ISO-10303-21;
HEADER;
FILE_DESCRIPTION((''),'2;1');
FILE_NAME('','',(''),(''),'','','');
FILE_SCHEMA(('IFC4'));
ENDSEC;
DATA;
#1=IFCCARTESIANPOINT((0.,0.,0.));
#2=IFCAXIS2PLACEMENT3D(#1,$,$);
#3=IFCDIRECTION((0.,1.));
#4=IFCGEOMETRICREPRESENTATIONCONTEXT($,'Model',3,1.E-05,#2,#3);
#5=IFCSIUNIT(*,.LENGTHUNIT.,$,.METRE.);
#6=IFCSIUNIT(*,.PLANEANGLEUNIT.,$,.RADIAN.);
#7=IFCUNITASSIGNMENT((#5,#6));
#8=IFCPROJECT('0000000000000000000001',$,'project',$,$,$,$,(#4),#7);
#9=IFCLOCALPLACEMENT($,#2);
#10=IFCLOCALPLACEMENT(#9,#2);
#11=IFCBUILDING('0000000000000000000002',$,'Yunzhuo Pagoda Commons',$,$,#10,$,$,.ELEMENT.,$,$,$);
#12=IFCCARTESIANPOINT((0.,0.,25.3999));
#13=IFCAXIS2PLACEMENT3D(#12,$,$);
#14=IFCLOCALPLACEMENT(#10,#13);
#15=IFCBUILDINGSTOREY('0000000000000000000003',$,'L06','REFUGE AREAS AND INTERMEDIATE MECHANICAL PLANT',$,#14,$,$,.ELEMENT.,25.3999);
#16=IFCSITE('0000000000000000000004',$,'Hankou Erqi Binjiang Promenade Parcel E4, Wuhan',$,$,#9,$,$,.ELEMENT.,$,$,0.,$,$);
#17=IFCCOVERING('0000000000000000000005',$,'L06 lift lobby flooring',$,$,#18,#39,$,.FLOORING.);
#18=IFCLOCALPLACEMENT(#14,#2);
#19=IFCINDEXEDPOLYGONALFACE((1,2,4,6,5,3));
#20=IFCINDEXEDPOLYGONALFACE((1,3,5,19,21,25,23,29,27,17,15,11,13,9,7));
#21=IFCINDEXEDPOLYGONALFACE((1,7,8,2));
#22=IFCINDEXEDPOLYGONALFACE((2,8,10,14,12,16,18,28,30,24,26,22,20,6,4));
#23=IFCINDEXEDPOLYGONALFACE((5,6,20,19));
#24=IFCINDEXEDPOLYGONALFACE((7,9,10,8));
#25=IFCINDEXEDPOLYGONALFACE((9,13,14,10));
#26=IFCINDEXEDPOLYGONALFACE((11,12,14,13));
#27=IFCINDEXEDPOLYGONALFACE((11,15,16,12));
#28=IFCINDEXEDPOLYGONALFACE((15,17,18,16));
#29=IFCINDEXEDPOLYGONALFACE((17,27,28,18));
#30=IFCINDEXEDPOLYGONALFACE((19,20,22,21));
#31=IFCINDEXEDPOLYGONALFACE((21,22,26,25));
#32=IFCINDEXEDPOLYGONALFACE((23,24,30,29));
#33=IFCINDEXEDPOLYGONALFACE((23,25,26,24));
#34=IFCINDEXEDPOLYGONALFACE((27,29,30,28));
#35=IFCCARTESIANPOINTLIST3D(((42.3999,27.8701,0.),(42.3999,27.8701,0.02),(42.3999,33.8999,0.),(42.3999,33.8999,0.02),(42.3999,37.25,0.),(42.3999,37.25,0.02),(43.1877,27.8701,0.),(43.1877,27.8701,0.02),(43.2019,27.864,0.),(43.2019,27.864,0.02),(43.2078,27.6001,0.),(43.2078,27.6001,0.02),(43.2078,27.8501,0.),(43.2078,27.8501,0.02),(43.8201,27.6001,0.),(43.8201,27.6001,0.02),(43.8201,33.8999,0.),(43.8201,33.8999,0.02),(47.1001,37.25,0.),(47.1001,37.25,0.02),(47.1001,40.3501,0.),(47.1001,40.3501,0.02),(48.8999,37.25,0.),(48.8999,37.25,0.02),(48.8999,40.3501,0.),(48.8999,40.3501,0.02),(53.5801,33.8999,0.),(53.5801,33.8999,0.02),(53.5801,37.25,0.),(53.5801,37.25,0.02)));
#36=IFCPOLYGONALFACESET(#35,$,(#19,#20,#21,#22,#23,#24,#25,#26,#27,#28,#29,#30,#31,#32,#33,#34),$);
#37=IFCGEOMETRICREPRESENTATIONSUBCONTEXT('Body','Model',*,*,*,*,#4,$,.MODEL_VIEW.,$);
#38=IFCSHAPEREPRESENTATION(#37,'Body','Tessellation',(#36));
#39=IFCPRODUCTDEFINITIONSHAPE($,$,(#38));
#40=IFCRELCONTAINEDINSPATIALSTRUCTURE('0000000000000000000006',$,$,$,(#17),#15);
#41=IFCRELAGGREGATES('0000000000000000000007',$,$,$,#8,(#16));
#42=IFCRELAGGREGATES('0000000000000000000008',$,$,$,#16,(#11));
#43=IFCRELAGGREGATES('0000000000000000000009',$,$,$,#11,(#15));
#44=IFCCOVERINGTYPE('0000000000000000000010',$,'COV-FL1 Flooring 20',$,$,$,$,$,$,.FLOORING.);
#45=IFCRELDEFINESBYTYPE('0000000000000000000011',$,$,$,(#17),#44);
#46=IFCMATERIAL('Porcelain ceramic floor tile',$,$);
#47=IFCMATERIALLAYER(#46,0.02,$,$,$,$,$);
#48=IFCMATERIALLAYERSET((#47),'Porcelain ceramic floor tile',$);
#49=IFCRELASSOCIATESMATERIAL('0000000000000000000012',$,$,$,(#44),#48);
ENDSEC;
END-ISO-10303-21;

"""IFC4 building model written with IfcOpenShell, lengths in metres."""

from ifc_helpers import new_model, si_unit, direction, frame, origin, place, context, subcontext, project, spatial, polyline, outline, extrude, material, layer, layer_set, type_object, element, save


model = new_model("IFC4")

# Units and contexts
model_context = context("Model", 3, precision=1e-05, world=origin(), true_north=direction((0.0, 1.0)))
body_context = subcontext(model_context, "Body", "Model", "MODEL_VIEW")
ifc_project = project(units=[si_unit("LENGTHUNIT", "METRE"), si_unit("PLANEANGLEUNIT", "RADIAN")], contexts=[model_context])

# Site, building, storey
site_placement = place(None, origin())
site = spatial("IfcSite", under=ifc_project, at=site_placement, Name="Hankou Erqi Binjiang Promenade Parcel E4, Wuhan", CompositionType="ELEMENT", RefElevation=0.0)
building_placement = place(site_placement, origin())
building = spatial("IfcBuilding", under=site, at=building_placement, Name="Yunzhuo Pagoda Commons", CompositionType="ELEMENT")
storey_placement = place(building_placement, frame((0.0, 0.0, 25.3999)))
storey = spatial("IfcBuildingStorey", under=building, at=storey_placement, Name="L06", Description="REFUGE AREAS AND INTERMEDIATE MECHANICAL PLANT", CompositionType="ELEMENT", Elevation=25.3999)

# Covering
ifc_material_1 = material(Name="Porcelain ceramic floor tile")
ifc_layer_1 = layer(ifc_material_1, 0.02)
ifc_layer_set_1 = layer_set([ifc_layer_1], Name="Porcelain ceramic floor tile")
covering_type_1 = type_object("IfcCoveringType", Name="COV-FL1 Flooring 20", PredefinedType="FLOORING", material=ifc_layer_set_1)
covering_1_placement = place(storey_placement, origin())
element("IfcCovering", 1, at=covering_1_placement, inside=storey, type_object=covering_type_1, Name="L06 lift lobby flooring", PredefinedType="FLOORING", context=body_context, shape_type="SweptSolid", body=[
    extrude(outline(polyline([(43.2078, 27.8501), (43.2019, 27.864), (43.1877, 27.8701), (42.3999, 27.8701), (42.3999, 33.8999), (42.3999, 37.25), (47.1001, 37.25), (47.1001, 40.3501), (48.8999, 40.3501), (48.8999, 37.25), (53.5801, 37.25), (53.5801, 33.8999), (43.8201, 33.8999), (43.8201, 27.6001), (43.2078, 27.6001), (43.2078, 27.8501)])), origin(), (0.0, 0.0, 1.0), 0.02),
])

save(model, "model.ifc")
